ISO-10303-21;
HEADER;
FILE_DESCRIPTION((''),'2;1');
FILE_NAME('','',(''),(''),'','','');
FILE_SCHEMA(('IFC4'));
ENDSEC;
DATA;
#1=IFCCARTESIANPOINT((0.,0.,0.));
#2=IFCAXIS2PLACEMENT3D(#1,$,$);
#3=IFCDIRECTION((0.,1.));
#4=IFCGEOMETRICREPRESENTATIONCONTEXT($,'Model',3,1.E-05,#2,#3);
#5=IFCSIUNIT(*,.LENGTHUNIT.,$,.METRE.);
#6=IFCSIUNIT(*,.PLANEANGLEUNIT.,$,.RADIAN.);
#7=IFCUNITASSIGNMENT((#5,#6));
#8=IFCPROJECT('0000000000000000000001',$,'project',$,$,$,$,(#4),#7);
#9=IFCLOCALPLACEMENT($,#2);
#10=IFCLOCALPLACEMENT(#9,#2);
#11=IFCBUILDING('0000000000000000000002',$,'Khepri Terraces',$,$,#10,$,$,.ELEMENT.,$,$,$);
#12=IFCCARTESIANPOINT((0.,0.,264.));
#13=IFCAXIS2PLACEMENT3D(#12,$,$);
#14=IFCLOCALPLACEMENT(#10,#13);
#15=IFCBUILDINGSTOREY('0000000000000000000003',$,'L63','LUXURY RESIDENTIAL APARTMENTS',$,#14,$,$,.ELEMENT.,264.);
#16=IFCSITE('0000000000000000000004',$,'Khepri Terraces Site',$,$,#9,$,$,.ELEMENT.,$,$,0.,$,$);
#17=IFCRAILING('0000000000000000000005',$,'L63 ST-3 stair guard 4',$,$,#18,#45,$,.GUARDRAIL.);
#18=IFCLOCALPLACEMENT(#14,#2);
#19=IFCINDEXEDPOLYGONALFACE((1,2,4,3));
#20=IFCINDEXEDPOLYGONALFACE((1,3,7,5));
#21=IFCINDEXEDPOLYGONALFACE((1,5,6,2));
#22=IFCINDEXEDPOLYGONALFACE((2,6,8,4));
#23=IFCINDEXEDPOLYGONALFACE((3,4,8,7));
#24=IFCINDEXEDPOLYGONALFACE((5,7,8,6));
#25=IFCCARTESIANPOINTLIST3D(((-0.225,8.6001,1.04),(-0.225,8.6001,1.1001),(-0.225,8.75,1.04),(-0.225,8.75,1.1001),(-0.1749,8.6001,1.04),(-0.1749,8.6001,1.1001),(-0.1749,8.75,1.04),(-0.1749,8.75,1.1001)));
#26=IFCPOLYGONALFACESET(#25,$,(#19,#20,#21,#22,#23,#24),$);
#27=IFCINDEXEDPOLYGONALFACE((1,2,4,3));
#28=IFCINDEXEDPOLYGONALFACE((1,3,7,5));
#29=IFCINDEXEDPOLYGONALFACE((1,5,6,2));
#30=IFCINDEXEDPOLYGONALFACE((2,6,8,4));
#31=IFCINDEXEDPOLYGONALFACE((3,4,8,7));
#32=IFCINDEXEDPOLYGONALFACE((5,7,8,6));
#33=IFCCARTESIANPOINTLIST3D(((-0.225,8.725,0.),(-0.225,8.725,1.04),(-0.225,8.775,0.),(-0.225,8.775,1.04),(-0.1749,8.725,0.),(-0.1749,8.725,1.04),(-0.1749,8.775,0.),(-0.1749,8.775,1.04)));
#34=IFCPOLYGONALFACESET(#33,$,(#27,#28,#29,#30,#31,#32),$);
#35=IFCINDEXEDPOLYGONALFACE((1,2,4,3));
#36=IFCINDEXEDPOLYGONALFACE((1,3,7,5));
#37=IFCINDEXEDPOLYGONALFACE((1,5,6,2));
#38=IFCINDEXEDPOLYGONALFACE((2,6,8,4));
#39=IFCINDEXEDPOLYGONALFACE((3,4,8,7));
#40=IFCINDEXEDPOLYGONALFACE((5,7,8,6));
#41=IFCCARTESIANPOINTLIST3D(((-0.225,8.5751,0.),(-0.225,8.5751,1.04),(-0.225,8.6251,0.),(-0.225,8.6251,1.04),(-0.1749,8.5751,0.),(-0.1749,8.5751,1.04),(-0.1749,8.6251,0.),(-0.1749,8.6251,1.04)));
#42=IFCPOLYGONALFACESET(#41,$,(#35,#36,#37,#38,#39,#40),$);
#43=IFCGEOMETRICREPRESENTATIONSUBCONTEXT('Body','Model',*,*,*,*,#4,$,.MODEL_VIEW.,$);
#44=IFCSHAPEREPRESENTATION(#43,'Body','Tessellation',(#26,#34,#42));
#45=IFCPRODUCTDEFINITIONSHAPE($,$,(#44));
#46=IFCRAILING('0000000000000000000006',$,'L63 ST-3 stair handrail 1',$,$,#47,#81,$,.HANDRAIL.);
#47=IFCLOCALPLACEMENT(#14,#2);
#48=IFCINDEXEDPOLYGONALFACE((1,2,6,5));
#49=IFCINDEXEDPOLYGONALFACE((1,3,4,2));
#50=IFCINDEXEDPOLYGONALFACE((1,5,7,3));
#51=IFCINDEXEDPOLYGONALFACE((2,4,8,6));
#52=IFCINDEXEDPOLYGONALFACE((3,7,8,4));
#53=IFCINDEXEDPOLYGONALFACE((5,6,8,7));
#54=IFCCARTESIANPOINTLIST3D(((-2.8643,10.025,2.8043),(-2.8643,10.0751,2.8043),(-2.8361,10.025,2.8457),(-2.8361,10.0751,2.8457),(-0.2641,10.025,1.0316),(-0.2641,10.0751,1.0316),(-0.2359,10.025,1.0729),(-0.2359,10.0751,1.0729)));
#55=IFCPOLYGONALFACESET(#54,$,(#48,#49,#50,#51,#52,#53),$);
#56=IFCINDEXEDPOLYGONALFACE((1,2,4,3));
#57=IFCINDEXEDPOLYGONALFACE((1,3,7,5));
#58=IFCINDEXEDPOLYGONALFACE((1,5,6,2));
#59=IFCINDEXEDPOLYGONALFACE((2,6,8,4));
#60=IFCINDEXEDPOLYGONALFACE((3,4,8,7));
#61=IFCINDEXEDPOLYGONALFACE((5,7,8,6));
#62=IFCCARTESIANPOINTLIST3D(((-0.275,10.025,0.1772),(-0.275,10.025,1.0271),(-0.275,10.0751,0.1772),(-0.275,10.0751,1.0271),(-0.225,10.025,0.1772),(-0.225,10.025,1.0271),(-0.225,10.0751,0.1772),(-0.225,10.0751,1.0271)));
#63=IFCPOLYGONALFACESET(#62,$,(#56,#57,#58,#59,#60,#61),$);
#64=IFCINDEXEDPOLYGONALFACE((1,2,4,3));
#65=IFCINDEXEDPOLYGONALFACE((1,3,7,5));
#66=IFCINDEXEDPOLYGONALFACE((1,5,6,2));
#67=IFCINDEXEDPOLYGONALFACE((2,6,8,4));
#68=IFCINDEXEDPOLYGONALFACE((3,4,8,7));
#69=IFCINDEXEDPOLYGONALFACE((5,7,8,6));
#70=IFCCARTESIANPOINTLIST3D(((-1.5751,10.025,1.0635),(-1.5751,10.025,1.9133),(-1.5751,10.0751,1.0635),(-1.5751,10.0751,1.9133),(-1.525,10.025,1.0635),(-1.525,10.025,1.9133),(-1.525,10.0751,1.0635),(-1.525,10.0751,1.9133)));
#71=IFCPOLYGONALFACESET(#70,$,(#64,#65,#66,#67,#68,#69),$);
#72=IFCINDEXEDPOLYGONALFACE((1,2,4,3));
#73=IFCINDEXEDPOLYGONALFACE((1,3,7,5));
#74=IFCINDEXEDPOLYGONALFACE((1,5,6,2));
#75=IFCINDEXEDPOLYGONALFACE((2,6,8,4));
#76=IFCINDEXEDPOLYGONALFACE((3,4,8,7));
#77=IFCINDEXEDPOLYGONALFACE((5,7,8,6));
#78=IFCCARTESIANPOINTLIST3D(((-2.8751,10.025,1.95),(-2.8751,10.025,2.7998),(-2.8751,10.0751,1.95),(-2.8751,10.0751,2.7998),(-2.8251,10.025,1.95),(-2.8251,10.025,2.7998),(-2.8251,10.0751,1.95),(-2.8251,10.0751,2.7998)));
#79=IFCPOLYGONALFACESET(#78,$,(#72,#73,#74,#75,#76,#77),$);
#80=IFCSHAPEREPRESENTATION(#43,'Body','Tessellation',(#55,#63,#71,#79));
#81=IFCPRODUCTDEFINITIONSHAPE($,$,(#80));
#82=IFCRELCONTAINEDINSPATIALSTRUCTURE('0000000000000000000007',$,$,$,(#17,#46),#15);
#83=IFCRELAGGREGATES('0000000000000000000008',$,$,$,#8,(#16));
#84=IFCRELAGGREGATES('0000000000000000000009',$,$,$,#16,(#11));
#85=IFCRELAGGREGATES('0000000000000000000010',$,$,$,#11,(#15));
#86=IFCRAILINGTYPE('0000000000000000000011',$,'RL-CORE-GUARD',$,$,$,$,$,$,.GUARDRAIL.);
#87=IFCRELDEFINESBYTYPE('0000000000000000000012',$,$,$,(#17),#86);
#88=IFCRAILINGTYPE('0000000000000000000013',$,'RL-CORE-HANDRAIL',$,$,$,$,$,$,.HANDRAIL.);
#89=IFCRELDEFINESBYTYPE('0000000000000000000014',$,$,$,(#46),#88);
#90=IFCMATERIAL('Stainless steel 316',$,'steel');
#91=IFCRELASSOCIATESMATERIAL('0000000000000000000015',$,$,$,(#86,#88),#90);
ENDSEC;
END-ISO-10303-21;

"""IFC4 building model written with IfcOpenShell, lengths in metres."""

from ifc_helpers import new_model, si_unit, direction, frame, origin, origin_2d, place, context, subcontext, project, spatial, rectangle, extrude, material, type_object, element, save


model = new_model("IFC4")

# Units and contexts
model_context = context("Model", 3, precision=1e-05, world=origin(), true_north=direction((0.0, 1.0)))
body_context = subcontext(model_context, "Body", "Model", "MODEL_VIEW")
ifc_project = project(units=[si_unit("LENGTHUNIT", "METRE"), si_unit("PLANEANGLEUNIT", "RADIAN")], contexts=[model_context])

# Site, building, storey
site_placement = place(None, origin())
site = spatial("IfcSite", under=ifc_project, at=site_placement, Name="Khepri Terraces Site", CompositionType="ELEMENT", RefElevation=0.0)
building_placement = place(site_placement, origin())
building = spatial("IfcBuilding", under=site, at=building_placement, Name="Khepri Terraces", CompositionType="ELEMENT")
storey_placement = place(building_placement, frame((0.0, 0.0, 264.0)))
storey = spatial("IfcBuildingStorey", under=building, at=storey_placement, Name="L63", Description="LUXURY RESIDENTIAL APARTMENTS", CompositionType="ELEMENT", Elevation=264.0)

# Railings
ifc_material_1 = material(Name="Stainless steel 316", Category="steel")
railing_type_1 = type_object("IfcRailingType", Name="RL-CORE-GUARD", PredefinedType="GUARDRAIL", material=ifc_material_1)
railing_1_placement = place(storey_placement, frame((-0.2, 8.75, 0.0)))
element("IfcRailing", 1, at=railing_1_placement, inside=storey, type_object=railing_type_1, Name="L63 ST-3 stair guard 4", PredefinedType="GUARDRAIL", context=body_context, shape_type="SweptSolid", body=[
    extrude(rectangle(XDim=0.05, YDim=0.0601, at=origin_2d()), frame((0.0, 0.0, 1.0701), z_axis=(0.0, -1.0, 0.0), x_axis=(1.0, 0.0, 0.0)), (0.0, 0.0, 1.0), 0.1499),
    extrude(rectangle(XDim=0.05, YDim=0.05, at=origin_2d()), origin(), (0.0, 0.0, 1.0), 1.04),
    extrude(rectangle(XDim=0.05, YDim=0.05, at=origin_2d()), frame((0.0, -0.1499, 0.0)), (0.0, 0.0, 1.0), 1.04),
])
railing_type_2 = type_object("IfcRailingType", Name="RL-CORE-HANDRAIL", PredefinedType="HANDRAIL", material=ifc_material_1)
railing_2_placement = place(storey_placement, frame((-0.25, 10.05, 0.1772)))
element("IfcRailing", 2, at=railing_2_placement, inside=storey, type_object=railing_type_2, Name="L63 ST-3 stair handrail 1", PredefinedType="HANDRAIL", context=body_context, shape_type="SweptSolid", body=[
    extrude(rectangle(XDim=0.05, YDim=0.05, at=origin_2d()), frame((0.0, 0.0, 0.875), z_axis=(-0.82624, 0.0, 0.563318), x_axis=(0.0, -1.0, 0.0)), (0.0, 0.0, 1.0), 3.147),
    extrude(rectangle(XDim=0.05, YDim=0.05, at=origin_2d()), origin(), (0.0, 0.0, 1.0), 0.8499),
    extrude(rectangle(XDim=0.05, YDim=0.05, at=origin_2d()), frame((-1.3, 0.0, 0.8862)), (0.0, 0.0, 1.0), 0.8499),
    extrude(rectangle(XDim=0.05, YDim=0.05, at=origin_2d()), frame((-2.6001, 0.0, 1.7727)), (0.0, 0.0, 1.0), 0.8499),
])

save(model, "model.ifc")
